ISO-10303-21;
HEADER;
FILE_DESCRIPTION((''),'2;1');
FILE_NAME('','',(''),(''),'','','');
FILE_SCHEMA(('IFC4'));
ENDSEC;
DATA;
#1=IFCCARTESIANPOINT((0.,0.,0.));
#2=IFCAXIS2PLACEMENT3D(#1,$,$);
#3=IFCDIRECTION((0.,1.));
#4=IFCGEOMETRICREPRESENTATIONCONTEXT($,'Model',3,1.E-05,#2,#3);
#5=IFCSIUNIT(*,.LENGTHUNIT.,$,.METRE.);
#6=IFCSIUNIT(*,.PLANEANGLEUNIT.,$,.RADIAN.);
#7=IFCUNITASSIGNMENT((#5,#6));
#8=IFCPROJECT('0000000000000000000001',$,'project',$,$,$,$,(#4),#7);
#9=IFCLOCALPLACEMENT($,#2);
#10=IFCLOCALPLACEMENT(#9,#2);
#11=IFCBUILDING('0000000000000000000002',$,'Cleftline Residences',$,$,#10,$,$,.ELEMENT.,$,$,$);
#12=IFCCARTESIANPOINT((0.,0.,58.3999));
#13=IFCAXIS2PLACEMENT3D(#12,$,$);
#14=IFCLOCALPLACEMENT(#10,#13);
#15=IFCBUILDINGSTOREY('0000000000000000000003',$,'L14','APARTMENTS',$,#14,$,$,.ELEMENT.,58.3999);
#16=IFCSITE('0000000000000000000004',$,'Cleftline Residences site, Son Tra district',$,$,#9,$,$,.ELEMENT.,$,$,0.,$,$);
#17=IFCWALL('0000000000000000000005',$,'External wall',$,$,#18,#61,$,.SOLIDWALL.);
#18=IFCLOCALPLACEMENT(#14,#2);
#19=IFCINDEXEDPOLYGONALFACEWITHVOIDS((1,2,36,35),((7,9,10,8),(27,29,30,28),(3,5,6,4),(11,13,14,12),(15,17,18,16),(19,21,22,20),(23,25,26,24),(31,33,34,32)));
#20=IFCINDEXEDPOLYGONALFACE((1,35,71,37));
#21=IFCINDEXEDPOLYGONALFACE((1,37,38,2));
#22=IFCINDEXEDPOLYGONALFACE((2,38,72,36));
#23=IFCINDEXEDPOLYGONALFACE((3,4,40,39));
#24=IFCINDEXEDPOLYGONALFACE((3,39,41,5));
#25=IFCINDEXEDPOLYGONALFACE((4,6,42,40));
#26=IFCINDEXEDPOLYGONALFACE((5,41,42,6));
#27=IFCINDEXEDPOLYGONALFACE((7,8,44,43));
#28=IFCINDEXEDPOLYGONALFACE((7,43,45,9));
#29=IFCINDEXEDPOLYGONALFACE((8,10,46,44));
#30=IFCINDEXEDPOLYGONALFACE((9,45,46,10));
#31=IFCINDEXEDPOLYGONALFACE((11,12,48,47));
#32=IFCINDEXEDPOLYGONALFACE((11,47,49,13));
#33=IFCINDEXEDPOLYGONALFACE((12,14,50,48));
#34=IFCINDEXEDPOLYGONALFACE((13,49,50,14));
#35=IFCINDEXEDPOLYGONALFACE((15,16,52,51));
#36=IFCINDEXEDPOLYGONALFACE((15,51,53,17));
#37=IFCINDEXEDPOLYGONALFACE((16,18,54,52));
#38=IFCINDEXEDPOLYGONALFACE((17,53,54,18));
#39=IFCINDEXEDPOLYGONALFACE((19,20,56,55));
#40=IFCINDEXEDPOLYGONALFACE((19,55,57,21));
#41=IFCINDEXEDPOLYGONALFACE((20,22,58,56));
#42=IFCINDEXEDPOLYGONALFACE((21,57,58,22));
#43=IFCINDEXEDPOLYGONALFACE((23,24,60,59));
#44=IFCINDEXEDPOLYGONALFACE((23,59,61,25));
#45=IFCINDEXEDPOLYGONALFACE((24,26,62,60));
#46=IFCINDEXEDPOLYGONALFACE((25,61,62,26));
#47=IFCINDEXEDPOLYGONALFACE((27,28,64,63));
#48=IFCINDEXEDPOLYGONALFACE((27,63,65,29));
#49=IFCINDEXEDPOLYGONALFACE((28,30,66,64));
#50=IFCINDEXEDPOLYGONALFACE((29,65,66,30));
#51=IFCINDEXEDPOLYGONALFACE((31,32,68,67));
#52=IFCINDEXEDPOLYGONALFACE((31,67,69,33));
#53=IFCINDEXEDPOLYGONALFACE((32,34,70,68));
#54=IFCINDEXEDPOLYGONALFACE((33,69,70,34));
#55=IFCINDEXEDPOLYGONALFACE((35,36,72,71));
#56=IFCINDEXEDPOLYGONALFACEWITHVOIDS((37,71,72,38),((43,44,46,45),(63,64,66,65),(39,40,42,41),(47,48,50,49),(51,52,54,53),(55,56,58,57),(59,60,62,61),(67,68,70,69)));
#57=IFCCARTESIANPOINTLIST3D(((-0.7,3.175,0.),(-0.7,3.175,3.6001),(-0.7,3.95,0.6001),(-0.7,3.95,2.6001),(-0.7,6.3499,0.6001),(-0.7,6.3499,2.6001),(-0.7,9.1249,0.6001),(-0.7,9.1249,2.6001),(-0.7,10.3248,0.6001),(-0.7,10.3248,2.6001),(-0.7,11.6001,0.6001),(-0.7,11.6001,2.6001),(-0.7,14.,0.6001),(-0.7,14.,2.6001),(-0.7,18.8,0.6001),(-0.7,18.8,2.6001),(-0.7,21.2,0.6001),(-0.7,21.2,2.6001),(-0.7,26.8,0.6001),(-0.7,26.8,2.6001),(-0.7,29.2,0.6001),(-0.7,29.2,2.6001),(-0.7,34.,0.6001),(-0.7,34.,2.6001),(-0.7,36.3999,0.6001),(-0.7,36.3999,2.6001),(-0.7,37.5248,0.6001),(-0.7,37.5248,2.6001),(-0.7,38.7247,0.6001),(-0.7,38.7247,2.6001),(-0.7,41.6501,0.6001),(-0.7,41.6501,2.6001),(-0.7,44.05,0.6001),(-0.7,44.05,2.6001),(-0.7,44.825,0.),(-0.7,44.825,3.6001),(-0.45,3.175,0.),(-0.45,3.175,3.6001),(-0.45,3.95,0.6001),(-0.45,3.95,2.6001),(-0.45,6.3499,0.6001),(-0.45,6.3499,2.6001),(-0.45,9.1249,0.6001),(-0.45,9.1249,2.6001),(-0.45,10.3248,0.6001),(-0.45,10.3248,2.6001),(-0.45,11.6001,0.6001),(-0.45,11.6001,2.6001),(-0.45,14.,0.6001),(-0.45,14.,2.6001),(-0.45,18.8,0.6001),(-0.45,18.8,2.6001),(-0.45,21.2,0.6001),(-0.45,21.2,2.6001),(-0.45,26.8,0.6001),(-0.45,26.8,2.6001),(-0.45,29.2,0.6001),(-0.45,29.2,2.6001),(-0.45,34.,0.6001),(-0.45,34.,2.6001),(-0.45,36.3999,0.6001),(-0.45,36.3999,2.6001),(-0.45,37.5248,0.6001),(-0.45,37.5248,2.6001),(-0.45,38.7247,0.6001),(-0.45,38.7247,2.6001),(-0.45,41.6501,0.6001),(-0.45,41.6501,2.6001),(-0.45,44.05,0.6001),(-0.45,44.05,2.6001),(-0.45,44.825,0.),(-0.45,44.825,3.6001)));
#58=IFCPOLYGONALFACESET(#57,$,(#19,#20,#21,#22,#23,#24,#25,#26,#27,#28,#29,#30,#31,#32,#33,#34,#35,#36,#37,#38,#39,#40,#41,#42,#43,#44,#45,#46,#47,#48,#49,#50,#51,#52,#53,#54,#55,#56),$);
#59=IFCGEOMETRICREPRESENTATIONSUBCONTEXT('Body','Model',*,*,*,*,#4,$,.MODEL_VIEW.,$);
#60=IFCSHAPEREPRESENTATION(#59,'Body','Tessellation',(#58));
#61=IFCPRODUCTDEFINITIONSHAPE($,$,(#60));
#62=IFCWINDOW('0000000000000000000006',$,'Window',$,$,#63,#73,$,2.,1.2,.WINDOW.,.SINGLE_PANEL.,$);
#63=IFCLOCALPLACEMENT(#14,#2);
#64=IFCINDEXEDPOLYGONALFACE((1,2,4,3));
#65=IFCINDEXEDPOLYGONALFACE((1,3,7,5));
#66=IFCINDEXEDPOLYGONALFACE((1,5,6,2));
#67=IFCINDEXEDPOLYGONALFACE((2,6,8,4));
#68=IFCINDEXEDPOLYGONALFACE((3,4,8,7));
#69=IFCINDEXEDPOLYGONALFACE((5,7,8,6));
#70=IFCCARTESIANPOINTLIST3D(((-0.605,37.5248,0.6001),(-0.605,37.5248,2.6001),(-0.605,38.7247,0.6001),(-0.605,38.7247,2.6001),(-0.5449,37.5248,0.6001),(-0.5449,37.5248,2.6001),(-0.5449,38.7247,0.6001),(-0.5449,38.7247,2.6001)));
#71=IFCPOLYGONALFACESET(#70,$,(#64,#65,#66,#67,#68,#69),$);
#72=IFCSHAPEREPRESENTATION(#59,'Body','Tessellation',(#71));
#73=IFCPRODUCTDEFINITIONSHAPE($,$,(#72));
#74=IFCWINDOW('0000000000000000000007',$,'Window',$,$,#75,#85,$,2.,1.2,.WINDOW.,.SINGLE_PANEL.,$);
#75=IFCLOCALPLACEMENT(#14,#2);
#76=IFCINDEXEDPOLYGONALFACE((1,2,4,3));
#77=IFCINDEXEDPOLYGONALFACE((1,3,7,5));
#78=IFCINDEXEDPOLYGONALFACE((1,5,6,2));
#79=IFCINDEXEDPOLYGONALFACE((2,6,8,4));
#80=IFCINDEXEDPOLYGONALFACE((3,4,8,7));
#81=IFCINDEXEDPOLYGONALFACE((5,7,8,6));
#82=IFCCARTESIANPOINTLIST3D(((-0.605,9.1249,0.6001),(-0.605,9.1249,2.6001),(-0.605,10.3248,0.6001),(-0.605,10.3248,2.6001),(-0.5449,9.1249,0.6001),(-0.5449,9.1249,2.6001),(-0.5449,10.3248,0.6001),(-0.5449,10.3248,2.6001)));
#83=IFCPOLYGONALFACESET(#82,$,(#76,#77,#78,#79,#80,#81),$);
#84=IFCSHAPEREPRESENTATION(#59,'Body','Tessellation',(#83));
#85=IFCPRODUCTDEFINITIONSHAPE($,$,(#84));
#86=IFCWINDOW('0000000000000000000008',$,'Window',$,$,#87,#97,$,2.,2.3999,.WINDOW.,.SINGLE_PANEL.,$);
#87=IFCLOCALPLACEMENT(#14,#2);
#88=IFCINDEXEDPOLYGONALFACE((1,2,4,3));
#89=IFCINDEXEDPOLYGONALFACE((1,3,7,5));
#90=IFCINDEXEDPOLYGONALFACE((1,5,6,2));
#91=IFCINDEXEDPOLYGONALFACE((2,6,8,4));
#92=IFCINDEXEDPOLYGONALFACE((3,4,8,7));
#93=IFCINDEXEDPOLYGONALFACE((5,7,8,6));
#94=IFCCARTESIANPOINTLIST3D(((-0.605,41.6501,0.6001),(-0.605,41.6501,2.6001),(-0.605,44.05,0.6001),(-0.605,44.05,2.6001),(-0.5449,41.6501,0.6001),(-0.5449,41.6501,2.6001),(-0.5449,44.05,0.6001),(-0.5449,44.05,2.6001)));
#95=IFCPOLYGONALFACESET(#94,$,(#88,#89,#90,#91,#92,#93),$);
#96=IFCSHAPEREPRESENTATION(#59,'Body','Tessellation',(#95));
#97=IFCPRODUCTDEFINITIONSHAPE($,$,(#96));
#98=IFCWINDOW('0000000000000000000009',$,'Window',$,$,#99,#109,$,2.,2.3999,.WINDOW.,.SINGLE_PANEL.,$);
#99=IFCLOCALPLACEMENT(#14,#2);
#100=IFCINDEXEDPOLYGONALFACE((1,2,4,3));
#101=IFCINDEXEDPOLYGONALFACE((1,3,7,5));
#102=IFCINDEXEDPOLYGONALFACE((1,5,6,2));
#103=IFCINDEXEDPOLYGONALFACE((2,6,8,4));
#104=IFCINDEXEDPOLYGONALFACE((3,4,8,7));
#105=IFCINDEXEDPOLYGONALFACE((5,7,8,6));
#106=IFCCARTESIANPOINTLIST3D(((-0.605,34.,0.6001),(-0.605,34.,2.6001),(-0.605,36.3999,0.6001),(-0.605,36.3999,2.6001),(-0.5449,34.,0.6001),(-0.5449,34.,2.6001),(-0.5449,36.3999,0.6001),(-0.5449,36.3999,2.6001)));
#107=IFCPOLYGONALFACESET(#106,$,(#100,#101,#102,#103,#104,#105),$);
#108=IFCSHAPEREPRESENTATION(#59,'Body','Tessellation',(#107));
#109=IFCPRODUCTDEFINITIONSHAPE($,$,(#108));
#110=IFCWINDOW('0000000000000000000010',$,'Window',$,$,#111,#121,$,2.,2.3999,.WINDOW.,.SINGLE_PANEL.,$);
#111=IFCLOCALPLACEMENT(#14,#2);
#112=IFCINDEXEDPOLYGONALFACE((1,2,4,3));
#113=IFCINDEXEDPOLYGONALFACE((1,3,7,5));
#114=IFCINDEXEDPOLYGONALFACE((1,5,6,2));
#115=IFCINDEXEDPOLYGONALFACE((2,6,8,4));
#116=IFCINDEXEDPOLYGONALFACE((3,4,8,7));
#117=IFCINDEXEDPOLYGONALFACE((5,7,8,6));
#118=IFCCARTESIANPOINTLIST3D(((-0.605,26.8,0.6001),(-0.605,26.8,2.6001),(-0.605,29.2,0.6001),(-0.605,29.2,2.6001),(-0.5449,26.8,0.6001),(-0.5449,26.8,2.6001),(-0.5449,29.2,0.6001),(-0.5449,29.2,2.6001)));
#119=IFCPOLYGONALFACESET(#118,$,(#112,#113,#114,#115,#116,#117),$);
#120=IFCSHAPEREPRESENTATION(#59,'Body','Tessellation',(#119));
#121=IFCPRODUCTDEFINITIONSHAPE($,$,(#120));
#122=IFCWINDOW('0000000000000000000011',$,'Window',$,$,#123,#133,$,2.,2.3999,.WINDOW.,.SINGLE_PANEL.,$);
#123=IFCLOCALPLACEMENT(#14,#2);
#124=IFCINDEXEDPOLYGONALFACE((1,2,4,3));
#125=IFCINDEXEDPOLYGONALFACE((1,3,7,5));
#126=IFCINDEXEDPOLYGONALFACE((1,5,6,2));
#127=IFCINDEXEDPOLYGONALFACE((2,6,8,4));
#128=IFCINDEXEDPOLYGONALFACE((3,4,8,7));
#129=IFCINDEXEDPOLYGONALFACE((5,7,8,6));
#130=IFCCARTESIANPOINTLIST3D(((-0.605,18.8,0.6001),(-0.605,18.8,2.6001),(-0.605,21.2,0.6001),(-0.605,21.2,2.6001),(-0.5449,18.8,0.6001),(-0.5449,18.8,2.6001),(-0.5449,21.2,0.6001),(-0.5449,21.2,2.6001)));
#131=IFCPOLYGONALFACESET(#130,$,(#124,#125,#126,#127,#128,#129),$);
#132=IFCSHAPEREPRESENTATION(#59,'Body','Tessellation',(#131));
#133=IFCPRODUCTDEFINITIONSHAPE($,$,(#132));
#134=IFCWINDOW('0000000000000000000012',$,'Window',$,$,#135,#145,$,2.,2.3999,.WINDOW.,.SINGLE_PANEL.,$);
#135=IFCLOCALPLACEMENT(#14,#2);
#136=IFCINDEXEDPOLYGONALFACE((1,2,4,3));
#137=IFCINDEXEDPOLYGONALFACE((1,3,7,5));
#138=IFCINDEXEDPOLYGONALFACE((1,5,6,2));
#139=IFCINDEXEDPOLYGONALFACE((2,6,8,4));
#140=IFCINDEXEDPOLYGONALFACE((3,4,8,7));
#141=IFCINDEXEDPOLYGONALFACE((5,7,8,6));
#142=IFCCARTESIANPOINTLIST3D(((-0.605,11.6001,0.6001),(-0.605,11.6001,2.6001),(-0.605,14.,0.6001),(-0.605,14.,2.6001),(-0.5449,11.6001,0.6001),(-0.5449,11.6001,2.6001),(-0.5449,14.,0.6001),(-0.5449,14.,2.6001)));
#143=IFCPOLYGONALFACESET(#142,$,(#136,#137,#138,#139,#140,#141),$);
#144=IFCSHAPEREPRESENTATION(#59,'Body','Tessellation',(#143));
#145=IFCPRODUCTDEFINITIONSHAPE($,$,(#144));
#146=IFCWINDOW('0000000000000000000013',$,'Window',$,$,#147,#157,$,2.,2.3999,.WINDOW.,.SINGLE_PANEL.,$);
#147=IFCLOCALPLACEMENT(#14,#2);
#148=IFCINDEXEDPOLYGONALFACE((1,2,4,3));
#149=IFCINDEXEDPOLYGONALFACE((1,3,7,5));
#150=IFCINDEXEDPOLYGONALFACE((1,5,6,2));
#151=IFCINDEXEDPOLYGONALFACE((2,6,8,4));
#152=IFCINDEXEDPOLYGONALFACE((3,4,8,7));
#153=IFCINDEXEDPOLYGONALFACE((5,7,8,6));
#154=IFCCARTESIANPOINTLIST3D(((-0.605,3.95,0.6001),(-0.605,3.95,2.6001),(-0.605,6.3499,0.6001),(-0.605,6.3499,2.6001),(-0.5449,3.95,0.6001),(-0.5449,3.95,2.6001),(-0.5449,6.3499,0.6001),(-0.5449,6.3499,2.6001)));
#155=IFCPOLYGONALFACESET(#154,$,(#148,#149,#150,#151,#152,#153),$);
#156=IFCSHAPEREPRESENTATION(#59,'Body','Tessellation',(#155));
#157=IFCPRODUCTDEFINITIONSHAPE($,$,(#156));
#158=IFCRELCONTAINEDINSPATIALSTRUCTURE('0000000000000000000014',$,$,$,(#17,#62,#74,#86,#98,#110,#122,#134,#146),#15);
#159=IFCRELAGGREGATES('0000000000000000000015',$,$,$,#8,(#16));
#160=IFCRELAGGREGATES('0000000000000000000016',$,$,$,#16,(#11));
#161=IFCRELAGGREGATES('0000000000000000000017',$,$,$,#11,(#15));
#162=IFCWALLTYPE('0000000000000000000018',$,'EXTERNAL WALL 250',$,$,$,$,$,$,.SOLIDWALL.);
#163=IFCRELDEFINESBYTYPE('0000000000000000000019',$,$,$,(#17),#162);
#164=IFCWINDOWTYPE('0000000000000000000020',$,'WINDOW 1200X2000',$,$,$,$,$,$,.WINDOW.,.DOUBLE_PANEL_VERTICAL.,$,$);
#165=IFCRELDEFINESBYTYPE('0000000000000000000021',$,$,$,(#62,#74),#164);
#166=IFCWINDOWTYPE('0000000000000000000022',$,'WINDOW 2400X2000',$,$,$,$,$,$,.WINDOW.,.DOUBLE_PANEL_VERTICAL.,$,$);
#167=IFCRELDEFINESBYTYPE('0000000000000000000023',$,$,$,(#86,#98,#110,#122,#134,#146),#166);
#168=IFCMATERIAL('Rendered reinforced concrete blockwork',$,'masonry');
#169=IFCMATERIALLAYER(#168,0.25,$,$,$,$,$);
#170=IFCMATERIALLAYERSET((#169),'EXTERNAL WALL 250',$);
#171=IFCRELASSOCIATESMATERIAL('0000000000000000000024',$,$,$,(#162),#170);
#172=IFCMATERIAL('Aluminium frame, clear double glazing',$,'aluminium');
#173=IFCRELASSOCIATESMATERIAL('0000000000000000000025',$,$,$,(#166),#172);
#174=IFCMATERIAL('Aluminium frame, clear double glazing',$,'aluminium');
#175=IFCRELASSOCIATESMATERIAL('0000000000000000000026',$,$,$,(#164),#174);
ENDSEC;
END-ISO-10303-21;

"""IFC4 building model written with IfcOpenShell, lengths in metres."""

from ifc_helpers import new_model, si_unit, direction, frame, frame_2d, origin, place, context, subcontext, project, spatial, rectangle, extrude, material, layer, layer_set, type_object, element, fill, save


model = new_model("IFC4")

# Units and contexts
model_context = context("Model", 3, precision=1e-05, world=origin(), true_north=direction((0.0, 1.0)))
body_context = subcontext(model_context, "Body", "Model", "MODEL_VIEW")
ifc_project = project(units=[si_unit("LENGTHUNIT", "METRE"), si_unit("PLANEANGLEUNIT", "RADIAN")], contexts=[model_context])

# Site, building, storey
site_placement = place(None, origin())
site = spatial("IfcSite", under=ifc_project, at=site_placement, Name="Cleftline Residences site, Son Tra district", CompositionType="ELEMENT", RefElevation=0.0)
building_placement = place(site_placement, origin())
building = spatial("IfcBuilding", under=site, at=building_placement, Name="Cleftline Residences", CompositionType="ELEMENT")
storey_placement = place(building_placement, frame((0.0, 0.0, 58.3999)))
storey = spatial("IfcBuildingStorey", under=building, at=storey_placement, Name="L14", Description="APARTMENTS", CompositionType="ELEMENT", Elevation=58.3999)

# Shared definitions
ifc_material_1 = material(Name="Rendered reinforced concrete blockwork", Category="masonry")
ifc_layer_1 = layer(ifc_material_1, 0.25)
ifc_layer_set_1 = layer_set([ifc_layer_1], Name="EXTERNAL WALL 250")
wall_type_1 = type_object("IfcWallType", Name="EXTERNAL WALL 250", PredefinedType="SOLIDWALL", material=ifc_layer_set_1)
ifc_material_2 = material(Name="Aluminium frame, clear double glazing", Category="aluminium")
window_type_1 = type_object("IfcWindowType", Name="WINDOW 2400X2000", PartitioningType="DOUBLE_PANEL_VERTICAL", PredefinedType="WINDOW", material=ifc_material_2)

# Wall, openings, windows
ifc_material_3 = material(Name="Aluminium frame, clear double glazing", Category="aluminium")
window_type_2 = type_object("IfcWindowType", Name="WINDOW 1200X2000", PartitioningType="DOUBLE_PANEL_VERTICAL", PredefinedType="WINDOW", material=ifc_material_3)
wall_1_placement = place(storey_placement, frame((-0.575, 44.825, 0.0), z_axis=(0.0, 0.0, 1.0), x_axis=(0.0, -1.0, 0.0)))
wall_1 = element("IfcWall", 1, at=wall_1_placement, inside=storey, type_object=wall_type_1, Name="External wall", PredefinedType="SOLIDWALL", context=body_context, shape_type="SweptSolid", body=[
    extrude(rectangle(XDim=41.6499, YDim=0.25, at=frame_2d((20.825, 0.0))), origin(), (0.0, 0.0, 1.0), 3.6001),
])
opening_1_placement = place(wall_1_placement, frame((0.7749, 0.0, 0.6001)))
opening_1 = element("IfcOpeningElement", 2, at=opening_1_placement, cuts=wall_1, PredefinedType="OPENING", context=body_context, shape_type="SweptSolid", body=[
    extrude(rectangle(XDim=2.3999, YDim=2.0, at=frame_2d((1.2, 1.0))), frame((0.0, 0.135, 0.0), z_axis=(0.0, -1.0, 0.0), x_axis=(1.0, 0.0, 0.0)), (0.0, 0.0, 1.0), 0.27),
])
opening_2_placement = place(wall_1_placement, frame((6.1001, 0.0, 0.6001)))
opening_2 = element("IfcOpeningElement", 3, at=opening_2_placement, cuts=wall_1, PredefinedType="OPENING", context=body_context, shape_type="SweptSolid", body=[
    extrude(rectangle(XDim=1.2, YDim=2.0, at=frame_2d((0.6001, 1.0))), frame((0.0, 0.135, 0.0), z_axis=(0.0, -1.0, 0.0), x_axis=(1.0, 0.0, 0.0)), (0.0, 0.0, 1.0), 0.27),
])
opening_3_placement = place(wall_1_placement, frame((8.425, 0.0, 0.6001)))
opening_3 = element("IfcOpeningElement", 4, at=opening_3_placement, cuts=wall_1, PredefinedType="OPENING", context=body_context, shape_type="SweptSolid", body=[
    extrude(rectangle(XDim=2.3999, YDim=2.0, at=frame_2d((1.2, 1.0))), frame((0.0, 0.135, 0.0), z_axis=(0.0, -1.0, 0.0), x_axis=(1.0, 0.0, 0.0)), (0.0, 0.0, 1.0), 0.27),
])
opening_4_placement = place(wall_1_placement, frame((15.625, 0.0, 0.6001)))
opening_4 = element("IfcOpeningElement", 5, at=opening_4_placement, cuts=wall_1, PredefinedType="OPENING", context=body_context, shape_type="SweptSolid", body=[
    extrude(rectangle(XDim=2.3999, YDim=2.0, at=frame_2d((1.2, 1.0))), frame((0.0, 0.135, 0.0), z_axis=(0.0, -1.0, 0.0), x_axis=(1.0, 0.0, 0.0)), (0.0, 0.0, 1.0), 0.27),
])
opening_5_placement = place(wall_1_placement, frame((23.625, 0.0, 0.6001)))
opening_5 = element("IfcOpeningElement", 6, at=opening_5_placement, cuts=wall_1, PredefinedType="OPENING", context=body_context, shape_type="SweptSolid", body=[
    extrude(rectangle(XDim=2.3999, YDim=2.0, at=frame_2d((1.2, 1.0))), frame((0.0, 0.135, 0.0), z_axis=(0.0, -1.0, 0.0), x_axis=(1.0, 0.0, 0.0)), (0.0, 0.0, 1.0), 0.27),
])
opening_6_placement = place(wall_1_placement, frame((30.825, 0.0, 0.6001)))
opening_6 = element("IfcOpeningElement", 7, at=opening_6_placement, cuts=wall_1, PredefinedType="OPENING", context=body_context, shape_type="SweptSolid", body=[
    extrude(rectangle(XDim=2.3999, YDim=2.0, at=frame_2d((1.2, 1.0))), frame((0.0, 0.135, 0.0), z_axis=(0.0, -1.0, 0.0), x_axis=(1.0, 0.0, 0.0)), (0.0, 0.0, 1.0), 0.27),
])
opening_7_placement = place(wall_1_placement, frame((34.5, 0.0, 0.6001)))
opening_7 = element("IfcOpeningElement", 8, at=opening_7_placement, cuts=wall_1, PredefinedType="OPENING", context=body_context, shape_type="SweptSolid", body=[
    extrude(rectangle(XDim=1.2, YDim=2.0, at=frame_2d((0.6001, 1.0))), frame((0.0, 0.135, 0.0), z_axis=(0.0, -1.0, 0.0), x_axis=(1.0, 0.0, 0.0)), (0.0, 0.0, 1.0), 0.27),
])
opening_8_placement = place(wall_1_placement, frame((38.4751, 0.0, 0.6001)))
opening_8 = element("IfcOpeningElement", 9, at=opening_8_placement, cuts=wall_1, PredefinedType="OPENING", context=body_context, shape_type="SweptSolid", body=[
    extrude(rectangle(XDim=2.3999, YDim=2.0, at=frame_2d((1.2, 1.0))), frame((0.0, 0.135, 0.0), z_axis=(0.0, -1.0, 0.0), x_axis=(1.0, 0.0, 0.0)), (0.0, 0.0, 1.0), 0.27),
])
window_1_placement = place(opening_2_placement, origin())
window_1 = element("IfcWindow", 10, at=window_1_placement, inside=storey, type_object=window_type_2, Name="Window", OverallHeight=2.0, OverallWidth=1.2, PartitioningType="SINGLE_PANEL", PredefinedType="WINDOW", context=body_context, shape_type="SweptSolid", body=[
    extrude(rectangle(XDim=1.2, YDim=2.0, at=frame_2d((0.6001, 1.0))), frame((0.0, 0.03, 0.0), z_axis=(0.0, -1.0, 0.0), x_axis=(1.0, 0.0, 0.0)), (0.0, 0.0, 1.0), 0.0601),
])
fill(opening_2, window_1)
window_2_placement = place(opening_7_placement, origin())
window_2 = element("IfcWindow", 11, at=window_2_placement, inside=storey, type_object=window_type_2, Name="Window", OverallHeight=2.0, OverallWidth=1.2, PartitioningType="SINGLE_PANEL", PredefinedType="WINDOW", context=body_context, shape_type="SweptSolid", body=[
    extrude(rectangle(XDim=1.2, YDim=2.0, at=frame_2d((0.6001, 1.0))), frame((0.0, 0.03, 0.0), z_axis=(0.0, -1.0, 0.0), x_axis=(1.0, 0.0, 0.0)), (0.0, 0.0, 1.0), 0.0601),
])
fill(opening_7, window_2)
window_3_placement = place(opening_1_placement, origin())
window_3 = element("IfcWindow", 12, at=window_3_placement, inside=storey, type_object=window_type_1, Name="Window", OverallHeight=2.0, OverallWidth=2.3999, PartitioningType="SINGLE_PANEL", PredefinedType="WINDOW", context=body_context, shape_type="SweptSolid", body=[
    extrude(rectangle(XDim=2.3999, YDim=2.0, at=frame_2d((1.2, 1.0))), frame((0.0, 0.03, 0.0), z_axis=(0.0, -1.0, 0.0), x_axis=(1.0, 0.0, 0.0)), (0.0, 0.0, 1.0), 0.0601),
])
fill(opening_1, window_3)
window_4_placement = place(opening_3_placement, origin())
window_4 = element("IfcWindow", 13, at=window_4_placement, inside=storey, type_object=window_type_1, Name="Window", OverallHeight=2.0, OverallWidth=2.3999, PartitioningType="SINGLE_PANEL", PredefinedType="WINDOW", context=body_context, shape_type="SweptSolid", body=[
    extrude(rectangle(XDim=2.3999, YDim=2.0, at=frame_2d((1.2, 1.0))), frame((0.0, 0.03, 0.0), z_axis=(0.0, -1.0, 0.0), x_axis=(1.0, 0.0, 0.0)), (0.0, 0.0, 1.0), 0.0601),
])
fill(opening_3, window_4)
window_5_placement = place(opening_4_placement, origin())
window_5 = element("IfcWindow", 14, at=window_5_placement, inside=storey, type_object=window_type_1, Name="Window", OverallHeight=2.0, OverallWidth=2.3999, PartitioningType="SINGLE_PANEL", PredefinedType="WINDOW", context=body_context, shape_type="SweptSolid", body=[
    extrude(rectangle(XDim=2.3999, YDim=2.0, at=frame_2d((1.2, 1.0))), frame((0.0, 0.03, 0.0), z_axis=(0.0, -1.0, 0.0), x_axis=(1.0, 0.0, 0.0)), (0.0, 0.0, 1.0), 0.0601),
])
fill(opening_4, window_5)
window_6_placement = place(opening_5_placement, origin())
window_6 = element("IfcWindow", 15, at=window_6_placement, inside=storey, type_object=window_type_1, Name="Window", OverallHeight=2.0, OverallWidth=2.3999, PartitioningType="SINGLE_PANEL", PredefinedType="WINDOW", context=body_context, shape_type="SweptSolid", body=[
    extrude(rectangle(XDim=2.3999, YDim=2.0, at=frame_2d((1.2, 1.0))), frame((0.0, 0.03, 0.0), z_axis=(0.0, -1.0, 0.0), x_axis=(1.0, 0.0, 0.0)), (0.0, 0.0, 1.0), 0.0601),
])
fill(opening_5, window_6)
window_7_placement = place(opening_6_placement, origin())
window_7 = element("IfcWindow", 16, at=window_7_placement, inside=storey, type_object=window_type_1, Name="Window", OverallHeight=2.0, OverallWidth=2.3999, PartitioningType="SINGLE_PANEL", PredefinedType="WINDOW", context=body_context, shape_type="SweptSolid", body=[
    extrude(rectangle(XDim=2.3999, YDim=2.0, at=frame_2d((1.2, 1.0))), frame((0.0, 0.03, 0.0), z_axis=(0.0, -1.0, 0.0), x_axis=(1.0, 0.0, 0.0)), (0.0, 0.0, 1.0), 0.0601),
])
fill(opening_6, window_7)
window_8_placement = place(opening_8_placement, origin())
window_8 = element("IfcWindow", 17, at=window_8_placement, inside=storey, type_object=window_type_1, Name="Window", OverallHeight=2.0, OverallWidth=2.3999, PartitioningType="SINGLE_PANEL", PredefinedType="WINDOW", context=body_context, shape_type="SweptSolid", body=[
    extrude(rectangle(XDim=2.3999, YDim=2.0, at=frame_2d((1.2, 1.0))), frame((0.0, 0.03, 0.0), z_axis=(0.0, -1.0, 0.0), x_axis=(1.0, 0.0, 0.0)), (0.0, 0.0, 1.0), 0.0601),
])
fill(opening_8, window_8)

save(model, "model.ifc")
